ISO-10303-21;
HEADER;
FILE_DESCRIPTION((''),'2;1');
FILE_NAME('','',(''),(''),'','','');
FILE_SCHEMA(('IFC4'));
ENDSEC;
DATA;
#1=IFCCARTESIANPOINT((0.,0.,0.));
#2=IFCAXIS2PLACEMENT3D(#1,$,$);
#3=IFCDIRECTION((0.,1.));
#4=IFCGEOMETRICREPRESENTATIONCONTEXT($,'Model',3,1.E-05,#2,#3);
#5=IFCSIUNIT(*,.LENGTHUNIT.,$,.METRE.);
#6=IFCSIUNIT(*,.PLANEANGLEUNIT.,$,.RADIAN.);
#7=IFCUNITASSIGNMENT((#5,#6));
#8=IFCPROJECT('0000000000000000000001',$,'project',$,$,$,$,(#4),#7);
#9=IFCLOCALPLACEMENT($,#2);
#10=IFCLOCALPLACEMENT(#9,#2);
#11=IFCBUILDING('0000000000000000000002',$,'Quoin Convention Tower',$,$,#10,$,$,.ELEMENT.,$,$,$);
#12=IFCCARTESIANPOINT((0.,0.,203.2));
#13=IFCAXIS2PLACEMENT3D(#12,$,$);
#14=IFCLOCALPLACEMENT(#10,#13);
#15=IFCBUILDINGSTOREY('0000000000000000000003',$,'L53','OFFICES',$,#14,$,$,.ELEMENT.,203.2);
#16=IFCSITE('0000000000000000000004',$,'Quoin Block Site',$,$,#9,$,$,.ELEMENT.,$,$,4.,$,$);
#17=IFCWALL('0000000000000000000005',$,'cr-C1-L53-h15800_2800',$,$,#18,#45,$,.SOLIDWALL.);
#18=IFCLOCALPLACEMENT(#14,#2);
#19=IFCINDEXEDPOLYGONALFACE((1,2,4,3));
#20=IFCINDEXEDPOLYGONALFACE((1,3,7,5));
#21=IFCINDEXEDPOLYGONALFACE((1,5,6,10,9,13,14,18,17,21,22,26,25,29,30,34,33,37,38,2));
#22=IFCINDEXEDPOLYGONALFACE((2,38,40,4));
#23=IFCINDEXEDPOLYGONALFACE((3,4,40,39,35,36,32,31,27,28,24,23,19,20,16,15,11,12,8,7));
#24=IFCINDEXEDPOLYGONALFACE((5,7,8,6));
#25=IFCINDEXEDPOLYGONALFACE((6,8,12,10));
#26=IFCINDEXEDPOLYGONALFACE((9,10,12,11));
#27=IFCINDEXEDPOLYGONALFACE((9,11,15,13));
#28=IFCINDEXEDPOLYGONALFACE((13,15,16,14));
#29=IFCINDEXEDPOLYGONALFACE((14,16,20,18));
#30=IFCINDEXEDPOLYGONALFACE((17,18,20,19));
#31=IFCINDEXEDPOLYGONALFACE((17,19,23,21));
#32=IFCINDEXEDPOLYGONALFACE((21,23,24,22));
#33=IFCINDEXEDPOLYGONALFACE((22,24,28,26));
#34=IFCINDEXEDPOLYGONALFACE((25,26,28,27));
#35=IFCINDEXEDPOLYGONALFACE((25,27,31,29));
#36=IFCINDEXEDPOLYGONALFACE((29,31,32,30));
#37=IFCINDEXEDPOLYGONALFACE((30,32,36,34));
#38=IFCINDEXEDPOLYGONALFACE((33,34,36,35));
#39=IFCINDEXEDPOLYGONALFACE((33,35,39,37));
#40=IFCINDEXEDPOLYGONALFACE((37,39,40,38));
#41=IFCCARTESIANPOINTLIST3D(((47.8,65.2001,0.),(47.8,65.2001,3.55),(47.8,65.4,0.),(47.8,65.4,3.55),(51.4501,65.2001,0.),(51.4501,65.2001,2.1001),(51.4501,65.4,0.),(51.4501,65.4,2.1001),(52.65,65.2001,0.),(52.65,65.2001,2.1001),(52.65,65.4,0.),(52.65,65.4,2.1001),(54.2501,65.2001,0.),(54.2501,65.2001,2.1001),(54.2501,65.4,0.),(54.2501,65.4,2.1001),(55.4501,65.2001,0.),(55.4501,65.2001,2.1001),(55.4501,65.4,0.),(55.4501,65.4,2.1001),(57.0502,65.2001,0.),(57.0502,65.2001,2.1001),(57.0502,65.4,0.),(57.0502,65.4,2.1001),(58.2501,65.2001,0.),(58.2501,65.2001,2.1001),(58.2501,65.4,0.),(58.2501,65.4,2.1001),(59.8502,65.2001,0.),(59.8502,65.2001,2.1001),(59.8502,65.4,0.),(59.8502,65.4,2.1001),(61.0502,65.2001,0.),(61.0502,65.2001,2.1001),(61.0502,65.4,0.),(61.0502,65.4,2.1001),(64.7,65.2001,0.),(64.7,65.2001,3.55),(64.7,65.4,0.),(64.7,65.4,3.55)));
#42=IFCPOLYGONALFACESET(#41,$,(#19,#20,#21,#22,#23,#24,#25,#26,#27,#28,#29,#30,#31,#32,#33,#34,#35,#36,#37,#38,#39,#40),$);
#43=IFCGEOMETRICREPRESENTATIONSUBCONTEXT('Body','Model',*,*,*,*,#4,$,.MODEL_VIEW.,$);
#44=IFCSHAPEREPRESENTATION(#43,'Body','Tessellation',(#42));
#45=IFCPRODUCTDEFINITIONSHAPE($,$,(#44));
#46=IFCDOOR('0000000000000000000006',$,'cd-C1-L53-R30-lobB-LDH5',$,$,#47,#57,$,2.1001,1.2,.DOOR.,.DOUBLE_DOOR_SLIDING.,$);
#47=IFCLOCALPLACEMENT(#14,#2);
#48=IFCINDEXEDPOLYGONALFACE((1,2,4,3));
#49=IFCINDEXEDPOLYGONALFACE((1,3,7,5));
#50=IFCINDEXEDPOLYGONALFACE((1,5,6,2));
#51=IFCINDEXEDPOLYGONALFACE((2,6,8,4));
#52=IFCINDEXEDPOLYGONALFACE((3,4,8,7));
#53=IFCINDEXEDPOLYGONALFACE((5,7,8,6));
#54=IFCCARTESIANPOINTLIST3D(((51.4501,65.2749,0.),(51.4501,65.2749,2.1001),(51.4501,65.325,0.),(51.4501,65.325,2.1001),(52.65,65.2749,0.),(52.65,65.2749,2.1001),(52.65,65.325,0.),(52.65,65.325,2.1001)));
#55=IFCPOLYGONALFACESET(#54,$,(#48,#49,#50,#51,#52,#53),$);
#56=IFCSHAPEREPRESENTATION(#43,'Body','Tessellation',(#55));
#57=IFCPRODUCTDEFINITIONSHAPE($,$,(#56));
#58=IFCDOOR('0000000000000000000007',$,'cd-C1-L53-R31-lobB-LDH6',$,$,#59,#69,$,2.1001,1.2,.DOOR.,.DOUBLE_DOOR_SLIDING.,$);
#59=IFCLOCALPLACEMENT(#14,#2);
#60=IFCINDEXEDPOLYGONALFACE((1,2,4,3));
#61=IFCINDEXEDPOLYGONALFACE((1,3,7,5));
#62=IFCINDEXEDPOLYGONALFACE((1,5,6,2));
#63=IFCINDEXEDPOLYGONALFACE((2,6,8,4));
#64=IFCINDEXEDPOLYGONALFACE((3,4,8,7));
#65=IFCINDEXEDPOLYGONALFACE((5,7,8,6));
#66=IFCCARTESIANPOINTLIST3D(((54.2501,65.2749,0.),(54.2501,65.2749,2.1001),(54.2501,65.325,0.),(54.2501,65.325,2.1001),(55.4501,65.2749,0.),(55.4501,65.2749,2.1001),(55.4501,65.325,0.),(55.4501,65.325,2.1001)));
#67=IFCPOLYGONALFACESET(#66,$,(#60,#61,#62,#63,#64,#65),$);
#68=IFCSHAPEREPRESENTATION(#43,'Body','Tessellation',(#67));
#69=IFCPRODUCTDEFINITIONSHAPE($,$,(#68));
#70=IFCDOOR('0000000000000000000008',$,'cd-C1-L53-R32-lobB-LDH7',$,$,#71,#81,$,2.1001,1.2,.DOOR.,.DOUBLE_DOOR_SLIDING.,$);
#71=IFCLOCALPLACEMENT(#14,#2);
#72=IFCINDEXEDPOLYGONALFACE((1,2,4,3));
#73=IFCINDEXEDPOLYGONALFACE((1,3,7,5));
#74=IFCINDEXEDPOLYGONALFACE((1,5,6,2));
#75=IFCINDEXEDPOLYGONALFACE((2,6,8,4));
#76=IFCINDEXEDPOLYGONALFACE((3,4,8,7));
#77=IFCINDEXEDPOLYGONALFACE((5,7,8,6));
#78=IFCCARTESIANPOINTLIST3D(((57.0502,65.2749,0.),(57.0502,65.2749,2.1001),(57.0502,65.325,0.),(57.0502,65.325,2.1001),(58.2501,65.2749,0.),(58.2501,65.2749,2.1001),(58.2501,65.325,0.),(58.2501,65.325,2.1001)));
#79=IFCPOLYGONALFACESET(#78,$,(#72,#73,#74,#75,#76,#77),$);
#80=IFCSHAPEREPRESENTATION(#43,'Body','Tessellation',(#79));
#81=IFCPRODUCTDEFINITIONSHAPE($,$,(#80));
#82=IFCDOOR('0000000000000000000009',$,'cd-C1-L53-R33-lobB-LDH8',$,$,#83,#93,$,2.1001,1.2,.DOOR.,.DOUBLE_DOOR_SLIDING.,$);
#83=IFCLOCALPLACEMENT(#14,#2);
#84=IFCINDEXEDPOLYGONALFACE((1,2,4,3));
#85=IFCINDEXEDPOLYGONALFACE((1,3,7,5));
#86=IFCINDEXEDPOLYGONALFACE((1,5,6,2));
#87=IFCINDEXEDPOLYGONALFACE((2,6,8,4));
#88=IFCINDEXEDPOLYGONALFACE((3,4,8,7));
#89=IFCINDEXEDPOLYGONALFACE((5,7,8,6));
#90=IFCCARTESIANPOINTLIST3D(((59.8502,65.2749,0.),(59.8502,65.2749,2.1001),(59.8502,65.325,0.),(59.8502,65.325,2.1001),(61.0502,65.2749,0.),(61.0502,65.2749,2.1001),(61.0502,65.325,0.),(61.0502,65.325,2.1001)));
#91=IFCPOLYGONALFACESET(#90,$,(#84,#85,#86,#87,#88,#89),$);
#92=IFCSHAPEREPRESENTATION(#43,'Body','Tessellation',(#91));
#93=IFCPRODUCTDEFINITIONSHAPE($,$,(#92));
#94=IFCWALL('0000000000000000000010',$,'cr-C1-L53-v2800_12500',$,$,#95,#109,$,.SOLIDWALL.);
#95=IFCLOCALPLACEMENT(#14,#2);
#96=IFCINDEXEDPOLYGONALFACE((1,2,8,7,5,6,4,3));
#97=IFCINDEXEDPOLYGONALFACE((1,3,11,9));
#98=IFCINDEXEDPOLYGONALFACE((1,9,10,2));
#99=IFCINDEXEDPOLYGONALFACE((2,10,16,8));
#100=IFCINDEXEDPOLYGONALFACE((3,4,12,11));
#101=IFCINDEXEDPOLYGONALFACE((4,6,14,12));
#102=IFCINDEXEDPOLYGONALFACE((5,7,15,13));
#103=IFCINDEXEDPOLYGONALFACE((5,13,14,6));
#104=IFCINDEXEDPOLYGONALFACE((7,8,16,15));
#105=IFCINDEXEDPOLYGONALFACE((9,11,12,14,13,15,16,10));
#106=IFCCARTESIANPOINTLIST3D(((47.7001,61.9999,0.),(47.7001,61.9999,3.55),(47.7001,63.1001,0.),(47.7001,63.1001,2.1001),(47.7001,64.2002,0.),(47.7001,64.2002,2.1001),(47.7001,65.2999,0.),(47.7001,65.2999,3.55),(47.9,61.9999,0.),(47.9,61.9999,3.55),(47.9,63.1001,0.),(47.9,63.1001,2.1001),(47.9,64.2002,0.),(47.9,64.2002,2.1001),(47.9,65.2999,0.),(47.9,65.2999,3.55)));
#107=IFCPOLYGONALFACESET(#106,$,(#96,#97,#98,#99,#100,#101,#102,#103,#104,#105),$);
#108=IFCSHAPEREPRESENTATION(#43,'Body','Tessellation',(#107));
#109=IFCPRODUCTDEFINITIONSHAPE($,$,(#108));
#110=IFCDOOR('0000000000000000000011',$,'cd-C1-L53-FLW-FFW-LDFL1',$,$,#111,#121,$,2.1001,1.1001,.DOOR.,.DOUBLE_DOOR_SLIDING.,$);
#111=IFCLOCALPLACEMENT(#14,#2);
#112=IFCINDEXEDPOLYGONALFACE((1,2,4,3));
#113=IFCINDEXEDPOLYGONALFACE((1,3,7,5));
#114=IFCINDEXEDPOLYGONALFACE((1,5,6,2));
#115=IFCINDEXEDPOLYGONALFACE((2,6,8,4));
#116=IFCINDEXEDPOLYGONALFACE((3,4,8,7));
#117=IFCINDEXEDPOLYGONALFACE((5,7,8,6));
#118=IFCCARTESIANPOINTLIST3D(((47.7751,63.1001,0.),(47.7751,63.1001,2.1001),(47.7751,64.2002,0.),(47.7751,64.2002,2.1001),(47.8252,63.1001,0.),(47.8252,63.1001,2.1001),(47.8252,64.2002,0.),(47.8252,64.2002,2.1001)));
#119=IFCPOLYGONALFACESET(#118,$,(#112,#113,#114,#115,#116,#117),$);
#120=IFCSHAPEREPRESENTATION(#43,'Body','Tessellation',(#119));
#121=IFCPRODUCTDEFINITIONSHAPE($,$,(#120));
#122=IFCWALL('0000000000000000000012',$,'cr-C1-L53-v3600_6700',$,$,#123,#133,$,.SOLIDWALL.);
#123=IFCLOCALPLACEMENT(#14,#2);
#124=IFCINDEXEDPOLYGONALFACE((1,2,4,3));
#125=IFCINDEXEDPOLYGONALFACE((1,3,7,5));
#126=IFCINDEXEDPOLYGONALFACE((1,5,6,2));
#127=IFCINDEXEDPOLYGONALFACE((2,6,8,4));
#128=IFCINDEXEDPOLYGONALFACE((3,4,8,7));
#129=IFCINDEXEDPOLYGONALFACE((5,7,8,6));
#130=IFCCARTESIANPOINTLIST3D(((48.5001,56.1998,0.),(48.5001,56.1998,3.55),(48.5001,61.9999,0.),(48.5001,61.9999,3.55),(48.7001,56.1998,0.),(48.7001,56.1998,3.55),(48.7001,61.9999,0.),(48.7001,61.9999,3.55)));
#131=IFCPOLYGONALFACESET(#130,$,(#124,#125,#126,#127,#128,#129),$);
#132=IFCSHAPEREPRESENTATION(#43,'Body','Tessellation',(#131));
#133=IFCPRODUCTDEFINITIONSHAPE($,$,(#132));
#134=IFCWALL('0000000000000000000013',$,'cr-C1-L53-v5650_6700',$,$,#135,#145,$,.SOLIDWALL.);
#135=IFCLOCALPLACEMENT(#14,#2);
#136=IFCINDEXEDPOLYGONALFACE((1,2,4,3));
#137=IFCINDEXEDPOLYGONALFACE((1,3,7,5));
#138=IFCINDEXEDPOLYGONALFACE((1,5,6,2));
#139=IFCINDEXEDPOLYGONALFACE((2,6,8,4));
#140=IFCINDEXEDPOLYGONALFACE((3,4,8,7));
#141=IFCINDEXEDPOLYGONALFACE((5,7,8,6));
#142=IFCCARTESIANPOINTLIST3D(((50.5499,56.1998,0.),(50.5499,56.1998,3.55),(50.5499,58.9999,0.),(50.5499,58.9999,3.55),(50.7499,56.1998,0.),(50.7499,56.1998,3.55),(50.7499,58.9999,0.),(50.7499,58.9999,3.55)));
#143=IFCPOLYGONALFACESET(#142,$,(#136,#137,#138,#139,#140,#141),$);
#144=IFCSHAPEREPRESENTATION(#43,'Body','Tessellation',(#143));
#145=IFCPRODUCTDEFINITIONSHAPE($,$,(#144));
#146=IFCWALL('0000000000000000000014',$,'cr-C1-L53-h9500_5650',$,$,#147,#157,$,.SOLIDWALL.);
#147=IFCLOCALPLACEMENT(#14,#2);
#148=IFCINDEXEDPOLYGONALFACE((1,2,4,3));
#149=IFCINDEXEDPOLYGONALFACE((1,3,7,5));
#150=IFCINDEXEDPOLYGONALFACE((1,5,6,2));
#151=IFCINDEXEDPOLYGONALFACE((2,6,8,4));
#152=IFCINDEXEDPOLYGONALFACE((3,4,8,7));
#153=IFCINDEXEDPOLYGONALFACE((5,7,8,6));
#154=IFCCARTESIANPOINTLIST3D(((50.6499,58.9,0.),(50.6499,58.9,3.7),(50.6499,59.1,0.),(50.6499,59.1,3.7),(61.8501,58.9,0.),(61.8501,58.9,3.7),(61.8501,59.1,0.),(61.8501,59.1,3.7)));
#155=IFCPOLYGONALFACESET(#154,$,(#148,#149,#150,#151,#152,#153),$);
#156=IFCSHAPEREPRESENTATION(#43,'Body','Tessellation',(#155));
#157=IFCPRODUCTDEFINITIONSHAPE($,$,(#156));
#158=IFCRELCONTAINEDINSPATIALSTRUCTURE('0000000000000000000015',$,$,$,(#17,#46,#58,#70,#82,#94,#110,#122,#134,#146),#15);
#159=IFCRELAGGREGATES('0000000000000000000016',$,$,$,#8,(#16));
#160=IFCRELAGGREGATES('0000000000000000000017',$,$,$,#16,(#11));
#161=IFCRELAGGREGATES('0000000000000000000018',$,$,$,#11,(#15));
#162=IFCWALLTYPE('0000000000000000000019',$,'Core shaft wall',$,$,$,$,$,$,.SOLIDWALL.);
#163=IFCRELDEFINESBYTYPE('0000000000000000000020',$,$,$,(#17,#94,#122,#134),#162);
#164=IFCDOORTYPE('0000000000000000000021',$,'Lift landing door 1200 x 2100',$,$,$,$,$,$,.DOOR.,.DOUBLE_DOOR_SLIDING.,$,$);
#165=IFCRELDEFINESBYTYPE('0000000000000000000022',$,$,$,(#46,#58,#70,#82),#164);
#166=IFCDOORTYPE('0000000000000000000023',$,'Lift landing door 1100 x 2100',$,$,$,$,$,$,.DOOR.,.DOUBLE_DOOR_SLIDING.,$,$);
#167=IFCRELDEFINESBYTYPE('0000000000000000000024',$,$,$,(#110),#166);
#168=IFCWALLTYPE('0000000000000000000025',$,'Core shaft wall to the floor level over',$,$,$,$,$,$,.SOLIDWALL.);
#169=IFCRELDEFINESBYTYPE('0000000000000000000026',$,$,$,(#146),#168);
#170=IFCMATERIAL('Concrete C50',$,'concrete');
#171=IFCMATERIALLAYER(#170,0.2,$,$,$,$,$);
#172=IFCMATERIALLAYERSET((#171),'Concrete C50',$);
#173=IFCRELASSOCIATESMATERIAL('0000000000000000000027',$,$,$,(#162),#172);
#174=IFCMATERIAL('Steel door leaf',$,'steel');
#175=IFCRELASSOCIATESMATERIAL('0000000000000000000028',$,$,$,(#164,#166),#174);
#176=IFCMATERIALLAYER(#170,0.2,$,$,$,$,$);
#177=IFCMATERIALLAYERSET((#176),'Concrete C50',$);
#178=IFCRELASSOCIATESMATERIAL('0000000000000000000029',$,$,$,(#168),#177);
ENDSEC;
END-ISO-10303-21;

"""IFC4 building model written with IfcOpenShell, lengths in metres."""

from ifc_helpers import new_model, si_unit, direction, frame, frame_2d, origin, place, context, subcontext, project, spatial, rectangle, extrude, material, layer, layer_set, type_object, element, fill, save


model = new_model("IFC4")

# Units and contexts
model_context = context("Model", 3, precision=1e-05, world=origin(), true_north=direction((0.0, 1.0)))
body_context = subcontext(model_context, "Body", "Model", "MODEL_VIEW")
ifc_project = project(units=[si_unit("LENGTHUNIT", "METRE"), si_unit("PLANEANGLEUNIT", "RADIAN")], contexts=[model_context])

# Site, building, storey
site_placement = place(None, origin())
site = spatial("IfcSite", under=ifc_project, at=site_placement, Name="Quoin Block Site", CompositionType="ELEMENT", RefElevation=4.0)
building_placement = place(site_placement, origin())
building = spatial("IfcBuilding", under=site, at=building_placement, Name="Quoin Convention Tower", CompositionType="ELEMENT")
storey_placement = place(building_placement, frame((0.0, 0.0, 203.2)))
storey = spatial("IfcBuildingStorey", under=building, at=storey_placement, Name="L53", Description="OFFICES", CompositionType="ELEMENT", Elevation=203.2)

# Wall, openings, doors
ifc_material_1 = material(Name="Steel door leaf", Category="steel")
ifc_material_2 = material(Name="Concrete C50", Category="concrete")
ifc_layer_1 = layer(ifc_material_2, 0.2)
ifc_layer_set_1 = layer_set([ifc_layer_1], Name="Concrete C50")
wall_type_1 = type_object("IfcWallType", Name="Core shaft wall", PredefinedType="SOLIDWALL", material=ifc_layer_set_1)
door_type_1 = type_object("IfcDoorType", Name="Lift landing door 1200 x 2100", OperationType="DOUBLE_DOOR_SLIDING", PredefinedType="DOOR", material=ifc_material_1)
wall_1_placement = place(storey_placement, frame((47.8, 65.3, 0.0), z_axis=(0.0, 0.0, 1.0), x_axis=(1.0, 0.0, 0.0)))
wall_1 = element("IfcWall", 1, at=wall_1_placement, inside=storey, type_object=wall_type_1, Name="cr-C1-L53-h15800_2800", PredefinedType="SOLIDWALL", context=body_context, shape_type="SweptSolid", body=[
    extrude(rectangle(XDim=16.8999, YDim=0.2, at=frame_2d((8.45, 0.0))), origin(), (0.0, 0.0, 1.0), 3.55),
])
opening_1_placement = place(wall_1_placement, frame((3.6499, 0.0, 0.0)))
opening_1 = element("IfcOpeningElement", 2, at=opening_1_placement, cuts=wall_1, PredefinedType="OPENING", context=body_context, shape_type="SweptSolid", body=[
    extrude(rectangle(XDim=1.2, YDim=2.1001, at=frame_2d((0.6001, 1.05))), frame((0.0, 0.1099, 0.0), z_axis=(0.0, -1.0, 0.0), x_axis=(1.0, 0.0, 0.0)), (0.0, 0.0, 1.0), 0.22),
])
opening_2_placement = place(wall_1_placement, frame((6.45, 0.0, 0.0)))
opening_2 = element("IfcOpeningElement", 3, at=opening_2_placement, cuts=wall_1, PredefinedType="OPENING", context=body_context, shape_type="SweptSolid", body=[
    extrude(rectangle(XDim=1.2, YDim=2.1001, at=frame_2d((0.6001, 1.05))), frame((0.0, 0.1099, 0.0), z_axis=(0.0, -1.0, 0.0), x_axis=(1.0, 0.0, 0.0)), (0.0, 0.0, 1.0), 0.22),
])
opening_3_placement = place(wall_1_placement, frame((9.25, 0.0, 0.0)))
opening_3 = element("IfcOpeningElement", 4, at=opening_3_placement, cuts=wall_1, PredefinedType="OPENING", context=body_context, shape_type="SweptSolid", body=[
    extrude(rectangle(XDim=1.2, YDim=2.1001, at=frame_2d((0.6001, 1.05))), frame((0.0, 0.1099, 0.0), z_axis=(0.0, -1.0, 0.0), x_axis=(1.0, 0.0, 0.0)), (0.0, 0.0, 1.0), 0.22),
])
opening_4_placement = place(wall_1_placement, frame((12.05, 0.0, 0.0)))
opening_4 = element("IfcOpeningElement", 5, at=opening_4_placement, cuts=wall_1, PredefinedType="OPENING", context=body_context, shape_type="SweptSolid", body=[
    extrude(rectangle(XDim=1.2, YDim=2.1001, at=frame_2d((0.6001, 1.05))), frame((0.0, 0.1099, 0.0), z_axis=(0.0, -1.0, 0.0), x_axis=(1.0, 0.0, 0.0)), (0.0, 0.0, 1.0), 0.22),
])
door_1_placement = place(opening_1_placement, origin())
door_1 = element("IfcDoor", 6, at=door_1_placement, inside=storey, type_object=door_type_1, Name="cd-C1-L53-R30-lobB-LDH5", OperationType="DOUBLE_DOOR_SLIDING", OverallHeight=2.1001, OverallWidth=1.2, PredefinedType="DOOR", context=body_context, shape_type="SweptSolid", body=[
    extrude(rectangle(XDim=1.2, YDim=2.1001, at=frame_2d((0.6001, 1.05))), frame((0.0, 0.0249, 0.0), z_axis=(0.0, -1.0, 0.0), x_axis=(1.0, 0.0, 0.0)), (0.0, 0.0, 1.0), 0.05),
])
fill(opening_1, door_1)
door_2_placement = place(opening_2_placement, origin())
door_2 = element("IfcDoor", 7, at=door_2_placement, inside=storey, type_object=door_type_1, Name="cd-C1-L53-R31-lobB-LDH6", OperationType="DOUBLE_DOOR_SLIDING", OverallHeight=2.1001, OverallWidth=1.2, PredefinedType="DOOR", context=body_context, shape_type="SweptSolid", body=[
    extrude(rectangle(XDim=1.2, YDim=2.1001, at=frame_2d((0.6001, 1.05))), frame((0.0, 0.0249, 0.0), z_axis=(0.0, -1.0, 0.0), x_axis=(1.0, 0.0, 0.0)), (0.0, 0.0, 1.0), 0.05),
])
fill(opening_2, door_2)
door_3_placement = place(opening_3_placement, origin())
door_3 = element("IfcDoor", 8, at=door_3_placement, inside=storey, type_object=door_type_1, Name="cd-C1-L53-R32-lobB-LDH7", OperationType="DOUBLE_DOOR_SLIDING", OverallHeight=2.1001, OverallWidth=1.2, PredefinedType="DOOR", context=body_context, shape_type="SweptSolid", body=[
    extrude(rectangle(XDim=1.2, YDim=2.1001, at=frame_2d((0.6001, 1.05))), frame((0.0, 0.0249, 0.0), z_axis=(0.0, -1.0, 0.0), x_axis=(1.0, 0.0, 0.0)), (0.0, 0.0, 1.0), 0.05),
])
fill(opening_3, door_3)
door_4_placement = place(opening_4_placement, origin())
door_4 = element("IfcDoor", 9, at=door_4_placement, inside=storey, type_object=door_type_1, Name="cd-C1-L53-R33-lobB-LDH8", OperationType="DOUBLE_DOOR_SLIDING", OverallHeight=2.1001, OverallWidth=1.2, PredefinedType="DOOR", context=body_context, shape_type="SweptSolid", body=[
    extrude(rectangle(XDim=1.2, YDim=2.1001, at=frame_2d((0.6001, 1.05))), frame((0.0, 0.0249, 0.0), z_axis=(0.0, -1.0, 0.0), x_axis=(1.0, 0.0, 0.0)), (0.0, 0.0, 1.0), 0.05),
])
fill(opening_4, door_4)

# Wall, opening, door
wall_2_placement = place(storey_placement, frame((47.8, 62.0, 0.0), z_axis=(0.0, 0.0, 1.0), x_axis=(0.0, 1.0, 0.0)))
wall_2 = element("IfcWall", 10, at=wall_2_placement, inside=storey, type_object=wall_type_1, Name="cr-C1-L53-v2800_12500", PredefinedType="SOLIDWALL", context=body_context, shape_type="SweptSolid", body=[
    extrude(rectangle(XDim=3.3, YDim=0.2, at=frame_2d((1.6499, 0.0))), origin(), (0.0, 0.0, 1.0), 3.55),
])
opening_5_placement = place(wall_2_placement, frame((1.1001, 0.0, 0.0)))
opening_5 = element("IfcOpeningElement", 11, at=opening_5_placement, cuts=wall_2, PredefinedType="OPENING", context=body_context, shape_type="SweptSolid", body=[
    extrude(rectangle(XDim=1.1001, YDim=2.1001, at=frame_2d((0.55, 1.05))), frame((0.0, 0.1099, 0.0), z_axis=(0.0, -1.0, 0.0), x_axis=(1.0, 0.0, 0.0)), (0.0, 0.0, 1.0), 0.22),
])
door_type_2 = type_object("IfcDoorType", Name="Lift landing door 1100 x 2100", OperationType="DOUBLE_DOOR_SLIDING", PredefinedType="DOOR", material=ifc_material_1)
door_5_placement = place(opening_5_placement, origin())
door_5 = element("IfcDoor", 12, at=door_5_placement, inside=storey, type_object=door_type_2, Name="cd-C1-L53-FLW-FFW-LDFL1", OperationType="DOUBLE_DOOR_SLIDING", OverallHeight=2.1001, OverallWidth=1.1001, PredefinedType="DOOR", context=body_context, shape_type="SweptSolid", body=[
    extrude(rectangle(XDim=1.1001, YDim=2.1001, at=frame_2d((0.55, 1.05))), frame((0.0, 0.0249, 0.0), z_axis=(0.0, -1.0, 0.0), x_axis=(1.0, 0.0, 0.0)), (0.0, 0.0, 1.0), 0.05),
])
fill(opening_5, door_5)

# Walls
wall_3_placement = place(storey_placement, frame((48.6001, 56.2, 0.0), z_axis=(0.0, 0.0, 1.0), x_axis=(0.0, 1.0, 0.0)))
element("IfcWall", 13, at=wall_3_placement, inside=storey, type_object=wall_type_1, Name="cr-C1-L53-v3600_6700", PredefinedType="SOLIDWALL", context=body_context, shape_type="SweptSolid", body=[
    extrude(rectangle(XDim=5.8, YDim=0.2, at=frame_2d((2.8999, 0.0))), origin(), (0.0, 0.0, 1.0), 3.55),
])
wall_4_placement = place(storey_placement, frame((50.6499, 56.2, 0.0), z_axis=(0.0, 0.0, 1.0), x_axis=(0.0, 1.0, 0.0)))
element("IfcWall", 14, at=wall_4_placement, inside=storey, type_object=wall_type_1, Name="cr-C1-L53-v5650_6700", PredefinedType="SOLIDWALL", context=body_context, shape_type="SweptSolid", body=[
    extrude(rectangle(XDim=2.8, YDim=0.2, at=frame_2d((1.3999, 0.0))), origin(), (0.0, 0.0, 1.0), 3.55),
])
ifc_layer_2 = layer(ifc_material_2, 0.2)
ifc_layer_set_2 = layer_set([ifc_layer_2], Name="Concrete C50")
wall_type_2 = type_object("IfcWallType", Name="Core shaft wall to the floor level over", PredefinedType="SOLIDWALL", material=ifc_layer_set_2)
wall_5_placement = place(storey_placement, frame((50.6499, 59.0, 0.0), z_axis=(0.0, 0.0, 1.0), x_axis=(1.0, 0.0, 0.0)))
element("IfcWall", 15, at=wall_5_placement, inside=storey, type_object=wall_type_2, Name="cr-C1-L53-h9500_5650", PredefinedType="SOLIDWALL", context=body_context, shape_type="SweptSolid", body=[
    extrude(rectangle(XDim=11.2002, YDim=0.2, at=frame_2d((5.6001, 0.0))), origin(), (0.0, 0.0, 1.0), 3.7),
])

save(model, "model.ifc")
